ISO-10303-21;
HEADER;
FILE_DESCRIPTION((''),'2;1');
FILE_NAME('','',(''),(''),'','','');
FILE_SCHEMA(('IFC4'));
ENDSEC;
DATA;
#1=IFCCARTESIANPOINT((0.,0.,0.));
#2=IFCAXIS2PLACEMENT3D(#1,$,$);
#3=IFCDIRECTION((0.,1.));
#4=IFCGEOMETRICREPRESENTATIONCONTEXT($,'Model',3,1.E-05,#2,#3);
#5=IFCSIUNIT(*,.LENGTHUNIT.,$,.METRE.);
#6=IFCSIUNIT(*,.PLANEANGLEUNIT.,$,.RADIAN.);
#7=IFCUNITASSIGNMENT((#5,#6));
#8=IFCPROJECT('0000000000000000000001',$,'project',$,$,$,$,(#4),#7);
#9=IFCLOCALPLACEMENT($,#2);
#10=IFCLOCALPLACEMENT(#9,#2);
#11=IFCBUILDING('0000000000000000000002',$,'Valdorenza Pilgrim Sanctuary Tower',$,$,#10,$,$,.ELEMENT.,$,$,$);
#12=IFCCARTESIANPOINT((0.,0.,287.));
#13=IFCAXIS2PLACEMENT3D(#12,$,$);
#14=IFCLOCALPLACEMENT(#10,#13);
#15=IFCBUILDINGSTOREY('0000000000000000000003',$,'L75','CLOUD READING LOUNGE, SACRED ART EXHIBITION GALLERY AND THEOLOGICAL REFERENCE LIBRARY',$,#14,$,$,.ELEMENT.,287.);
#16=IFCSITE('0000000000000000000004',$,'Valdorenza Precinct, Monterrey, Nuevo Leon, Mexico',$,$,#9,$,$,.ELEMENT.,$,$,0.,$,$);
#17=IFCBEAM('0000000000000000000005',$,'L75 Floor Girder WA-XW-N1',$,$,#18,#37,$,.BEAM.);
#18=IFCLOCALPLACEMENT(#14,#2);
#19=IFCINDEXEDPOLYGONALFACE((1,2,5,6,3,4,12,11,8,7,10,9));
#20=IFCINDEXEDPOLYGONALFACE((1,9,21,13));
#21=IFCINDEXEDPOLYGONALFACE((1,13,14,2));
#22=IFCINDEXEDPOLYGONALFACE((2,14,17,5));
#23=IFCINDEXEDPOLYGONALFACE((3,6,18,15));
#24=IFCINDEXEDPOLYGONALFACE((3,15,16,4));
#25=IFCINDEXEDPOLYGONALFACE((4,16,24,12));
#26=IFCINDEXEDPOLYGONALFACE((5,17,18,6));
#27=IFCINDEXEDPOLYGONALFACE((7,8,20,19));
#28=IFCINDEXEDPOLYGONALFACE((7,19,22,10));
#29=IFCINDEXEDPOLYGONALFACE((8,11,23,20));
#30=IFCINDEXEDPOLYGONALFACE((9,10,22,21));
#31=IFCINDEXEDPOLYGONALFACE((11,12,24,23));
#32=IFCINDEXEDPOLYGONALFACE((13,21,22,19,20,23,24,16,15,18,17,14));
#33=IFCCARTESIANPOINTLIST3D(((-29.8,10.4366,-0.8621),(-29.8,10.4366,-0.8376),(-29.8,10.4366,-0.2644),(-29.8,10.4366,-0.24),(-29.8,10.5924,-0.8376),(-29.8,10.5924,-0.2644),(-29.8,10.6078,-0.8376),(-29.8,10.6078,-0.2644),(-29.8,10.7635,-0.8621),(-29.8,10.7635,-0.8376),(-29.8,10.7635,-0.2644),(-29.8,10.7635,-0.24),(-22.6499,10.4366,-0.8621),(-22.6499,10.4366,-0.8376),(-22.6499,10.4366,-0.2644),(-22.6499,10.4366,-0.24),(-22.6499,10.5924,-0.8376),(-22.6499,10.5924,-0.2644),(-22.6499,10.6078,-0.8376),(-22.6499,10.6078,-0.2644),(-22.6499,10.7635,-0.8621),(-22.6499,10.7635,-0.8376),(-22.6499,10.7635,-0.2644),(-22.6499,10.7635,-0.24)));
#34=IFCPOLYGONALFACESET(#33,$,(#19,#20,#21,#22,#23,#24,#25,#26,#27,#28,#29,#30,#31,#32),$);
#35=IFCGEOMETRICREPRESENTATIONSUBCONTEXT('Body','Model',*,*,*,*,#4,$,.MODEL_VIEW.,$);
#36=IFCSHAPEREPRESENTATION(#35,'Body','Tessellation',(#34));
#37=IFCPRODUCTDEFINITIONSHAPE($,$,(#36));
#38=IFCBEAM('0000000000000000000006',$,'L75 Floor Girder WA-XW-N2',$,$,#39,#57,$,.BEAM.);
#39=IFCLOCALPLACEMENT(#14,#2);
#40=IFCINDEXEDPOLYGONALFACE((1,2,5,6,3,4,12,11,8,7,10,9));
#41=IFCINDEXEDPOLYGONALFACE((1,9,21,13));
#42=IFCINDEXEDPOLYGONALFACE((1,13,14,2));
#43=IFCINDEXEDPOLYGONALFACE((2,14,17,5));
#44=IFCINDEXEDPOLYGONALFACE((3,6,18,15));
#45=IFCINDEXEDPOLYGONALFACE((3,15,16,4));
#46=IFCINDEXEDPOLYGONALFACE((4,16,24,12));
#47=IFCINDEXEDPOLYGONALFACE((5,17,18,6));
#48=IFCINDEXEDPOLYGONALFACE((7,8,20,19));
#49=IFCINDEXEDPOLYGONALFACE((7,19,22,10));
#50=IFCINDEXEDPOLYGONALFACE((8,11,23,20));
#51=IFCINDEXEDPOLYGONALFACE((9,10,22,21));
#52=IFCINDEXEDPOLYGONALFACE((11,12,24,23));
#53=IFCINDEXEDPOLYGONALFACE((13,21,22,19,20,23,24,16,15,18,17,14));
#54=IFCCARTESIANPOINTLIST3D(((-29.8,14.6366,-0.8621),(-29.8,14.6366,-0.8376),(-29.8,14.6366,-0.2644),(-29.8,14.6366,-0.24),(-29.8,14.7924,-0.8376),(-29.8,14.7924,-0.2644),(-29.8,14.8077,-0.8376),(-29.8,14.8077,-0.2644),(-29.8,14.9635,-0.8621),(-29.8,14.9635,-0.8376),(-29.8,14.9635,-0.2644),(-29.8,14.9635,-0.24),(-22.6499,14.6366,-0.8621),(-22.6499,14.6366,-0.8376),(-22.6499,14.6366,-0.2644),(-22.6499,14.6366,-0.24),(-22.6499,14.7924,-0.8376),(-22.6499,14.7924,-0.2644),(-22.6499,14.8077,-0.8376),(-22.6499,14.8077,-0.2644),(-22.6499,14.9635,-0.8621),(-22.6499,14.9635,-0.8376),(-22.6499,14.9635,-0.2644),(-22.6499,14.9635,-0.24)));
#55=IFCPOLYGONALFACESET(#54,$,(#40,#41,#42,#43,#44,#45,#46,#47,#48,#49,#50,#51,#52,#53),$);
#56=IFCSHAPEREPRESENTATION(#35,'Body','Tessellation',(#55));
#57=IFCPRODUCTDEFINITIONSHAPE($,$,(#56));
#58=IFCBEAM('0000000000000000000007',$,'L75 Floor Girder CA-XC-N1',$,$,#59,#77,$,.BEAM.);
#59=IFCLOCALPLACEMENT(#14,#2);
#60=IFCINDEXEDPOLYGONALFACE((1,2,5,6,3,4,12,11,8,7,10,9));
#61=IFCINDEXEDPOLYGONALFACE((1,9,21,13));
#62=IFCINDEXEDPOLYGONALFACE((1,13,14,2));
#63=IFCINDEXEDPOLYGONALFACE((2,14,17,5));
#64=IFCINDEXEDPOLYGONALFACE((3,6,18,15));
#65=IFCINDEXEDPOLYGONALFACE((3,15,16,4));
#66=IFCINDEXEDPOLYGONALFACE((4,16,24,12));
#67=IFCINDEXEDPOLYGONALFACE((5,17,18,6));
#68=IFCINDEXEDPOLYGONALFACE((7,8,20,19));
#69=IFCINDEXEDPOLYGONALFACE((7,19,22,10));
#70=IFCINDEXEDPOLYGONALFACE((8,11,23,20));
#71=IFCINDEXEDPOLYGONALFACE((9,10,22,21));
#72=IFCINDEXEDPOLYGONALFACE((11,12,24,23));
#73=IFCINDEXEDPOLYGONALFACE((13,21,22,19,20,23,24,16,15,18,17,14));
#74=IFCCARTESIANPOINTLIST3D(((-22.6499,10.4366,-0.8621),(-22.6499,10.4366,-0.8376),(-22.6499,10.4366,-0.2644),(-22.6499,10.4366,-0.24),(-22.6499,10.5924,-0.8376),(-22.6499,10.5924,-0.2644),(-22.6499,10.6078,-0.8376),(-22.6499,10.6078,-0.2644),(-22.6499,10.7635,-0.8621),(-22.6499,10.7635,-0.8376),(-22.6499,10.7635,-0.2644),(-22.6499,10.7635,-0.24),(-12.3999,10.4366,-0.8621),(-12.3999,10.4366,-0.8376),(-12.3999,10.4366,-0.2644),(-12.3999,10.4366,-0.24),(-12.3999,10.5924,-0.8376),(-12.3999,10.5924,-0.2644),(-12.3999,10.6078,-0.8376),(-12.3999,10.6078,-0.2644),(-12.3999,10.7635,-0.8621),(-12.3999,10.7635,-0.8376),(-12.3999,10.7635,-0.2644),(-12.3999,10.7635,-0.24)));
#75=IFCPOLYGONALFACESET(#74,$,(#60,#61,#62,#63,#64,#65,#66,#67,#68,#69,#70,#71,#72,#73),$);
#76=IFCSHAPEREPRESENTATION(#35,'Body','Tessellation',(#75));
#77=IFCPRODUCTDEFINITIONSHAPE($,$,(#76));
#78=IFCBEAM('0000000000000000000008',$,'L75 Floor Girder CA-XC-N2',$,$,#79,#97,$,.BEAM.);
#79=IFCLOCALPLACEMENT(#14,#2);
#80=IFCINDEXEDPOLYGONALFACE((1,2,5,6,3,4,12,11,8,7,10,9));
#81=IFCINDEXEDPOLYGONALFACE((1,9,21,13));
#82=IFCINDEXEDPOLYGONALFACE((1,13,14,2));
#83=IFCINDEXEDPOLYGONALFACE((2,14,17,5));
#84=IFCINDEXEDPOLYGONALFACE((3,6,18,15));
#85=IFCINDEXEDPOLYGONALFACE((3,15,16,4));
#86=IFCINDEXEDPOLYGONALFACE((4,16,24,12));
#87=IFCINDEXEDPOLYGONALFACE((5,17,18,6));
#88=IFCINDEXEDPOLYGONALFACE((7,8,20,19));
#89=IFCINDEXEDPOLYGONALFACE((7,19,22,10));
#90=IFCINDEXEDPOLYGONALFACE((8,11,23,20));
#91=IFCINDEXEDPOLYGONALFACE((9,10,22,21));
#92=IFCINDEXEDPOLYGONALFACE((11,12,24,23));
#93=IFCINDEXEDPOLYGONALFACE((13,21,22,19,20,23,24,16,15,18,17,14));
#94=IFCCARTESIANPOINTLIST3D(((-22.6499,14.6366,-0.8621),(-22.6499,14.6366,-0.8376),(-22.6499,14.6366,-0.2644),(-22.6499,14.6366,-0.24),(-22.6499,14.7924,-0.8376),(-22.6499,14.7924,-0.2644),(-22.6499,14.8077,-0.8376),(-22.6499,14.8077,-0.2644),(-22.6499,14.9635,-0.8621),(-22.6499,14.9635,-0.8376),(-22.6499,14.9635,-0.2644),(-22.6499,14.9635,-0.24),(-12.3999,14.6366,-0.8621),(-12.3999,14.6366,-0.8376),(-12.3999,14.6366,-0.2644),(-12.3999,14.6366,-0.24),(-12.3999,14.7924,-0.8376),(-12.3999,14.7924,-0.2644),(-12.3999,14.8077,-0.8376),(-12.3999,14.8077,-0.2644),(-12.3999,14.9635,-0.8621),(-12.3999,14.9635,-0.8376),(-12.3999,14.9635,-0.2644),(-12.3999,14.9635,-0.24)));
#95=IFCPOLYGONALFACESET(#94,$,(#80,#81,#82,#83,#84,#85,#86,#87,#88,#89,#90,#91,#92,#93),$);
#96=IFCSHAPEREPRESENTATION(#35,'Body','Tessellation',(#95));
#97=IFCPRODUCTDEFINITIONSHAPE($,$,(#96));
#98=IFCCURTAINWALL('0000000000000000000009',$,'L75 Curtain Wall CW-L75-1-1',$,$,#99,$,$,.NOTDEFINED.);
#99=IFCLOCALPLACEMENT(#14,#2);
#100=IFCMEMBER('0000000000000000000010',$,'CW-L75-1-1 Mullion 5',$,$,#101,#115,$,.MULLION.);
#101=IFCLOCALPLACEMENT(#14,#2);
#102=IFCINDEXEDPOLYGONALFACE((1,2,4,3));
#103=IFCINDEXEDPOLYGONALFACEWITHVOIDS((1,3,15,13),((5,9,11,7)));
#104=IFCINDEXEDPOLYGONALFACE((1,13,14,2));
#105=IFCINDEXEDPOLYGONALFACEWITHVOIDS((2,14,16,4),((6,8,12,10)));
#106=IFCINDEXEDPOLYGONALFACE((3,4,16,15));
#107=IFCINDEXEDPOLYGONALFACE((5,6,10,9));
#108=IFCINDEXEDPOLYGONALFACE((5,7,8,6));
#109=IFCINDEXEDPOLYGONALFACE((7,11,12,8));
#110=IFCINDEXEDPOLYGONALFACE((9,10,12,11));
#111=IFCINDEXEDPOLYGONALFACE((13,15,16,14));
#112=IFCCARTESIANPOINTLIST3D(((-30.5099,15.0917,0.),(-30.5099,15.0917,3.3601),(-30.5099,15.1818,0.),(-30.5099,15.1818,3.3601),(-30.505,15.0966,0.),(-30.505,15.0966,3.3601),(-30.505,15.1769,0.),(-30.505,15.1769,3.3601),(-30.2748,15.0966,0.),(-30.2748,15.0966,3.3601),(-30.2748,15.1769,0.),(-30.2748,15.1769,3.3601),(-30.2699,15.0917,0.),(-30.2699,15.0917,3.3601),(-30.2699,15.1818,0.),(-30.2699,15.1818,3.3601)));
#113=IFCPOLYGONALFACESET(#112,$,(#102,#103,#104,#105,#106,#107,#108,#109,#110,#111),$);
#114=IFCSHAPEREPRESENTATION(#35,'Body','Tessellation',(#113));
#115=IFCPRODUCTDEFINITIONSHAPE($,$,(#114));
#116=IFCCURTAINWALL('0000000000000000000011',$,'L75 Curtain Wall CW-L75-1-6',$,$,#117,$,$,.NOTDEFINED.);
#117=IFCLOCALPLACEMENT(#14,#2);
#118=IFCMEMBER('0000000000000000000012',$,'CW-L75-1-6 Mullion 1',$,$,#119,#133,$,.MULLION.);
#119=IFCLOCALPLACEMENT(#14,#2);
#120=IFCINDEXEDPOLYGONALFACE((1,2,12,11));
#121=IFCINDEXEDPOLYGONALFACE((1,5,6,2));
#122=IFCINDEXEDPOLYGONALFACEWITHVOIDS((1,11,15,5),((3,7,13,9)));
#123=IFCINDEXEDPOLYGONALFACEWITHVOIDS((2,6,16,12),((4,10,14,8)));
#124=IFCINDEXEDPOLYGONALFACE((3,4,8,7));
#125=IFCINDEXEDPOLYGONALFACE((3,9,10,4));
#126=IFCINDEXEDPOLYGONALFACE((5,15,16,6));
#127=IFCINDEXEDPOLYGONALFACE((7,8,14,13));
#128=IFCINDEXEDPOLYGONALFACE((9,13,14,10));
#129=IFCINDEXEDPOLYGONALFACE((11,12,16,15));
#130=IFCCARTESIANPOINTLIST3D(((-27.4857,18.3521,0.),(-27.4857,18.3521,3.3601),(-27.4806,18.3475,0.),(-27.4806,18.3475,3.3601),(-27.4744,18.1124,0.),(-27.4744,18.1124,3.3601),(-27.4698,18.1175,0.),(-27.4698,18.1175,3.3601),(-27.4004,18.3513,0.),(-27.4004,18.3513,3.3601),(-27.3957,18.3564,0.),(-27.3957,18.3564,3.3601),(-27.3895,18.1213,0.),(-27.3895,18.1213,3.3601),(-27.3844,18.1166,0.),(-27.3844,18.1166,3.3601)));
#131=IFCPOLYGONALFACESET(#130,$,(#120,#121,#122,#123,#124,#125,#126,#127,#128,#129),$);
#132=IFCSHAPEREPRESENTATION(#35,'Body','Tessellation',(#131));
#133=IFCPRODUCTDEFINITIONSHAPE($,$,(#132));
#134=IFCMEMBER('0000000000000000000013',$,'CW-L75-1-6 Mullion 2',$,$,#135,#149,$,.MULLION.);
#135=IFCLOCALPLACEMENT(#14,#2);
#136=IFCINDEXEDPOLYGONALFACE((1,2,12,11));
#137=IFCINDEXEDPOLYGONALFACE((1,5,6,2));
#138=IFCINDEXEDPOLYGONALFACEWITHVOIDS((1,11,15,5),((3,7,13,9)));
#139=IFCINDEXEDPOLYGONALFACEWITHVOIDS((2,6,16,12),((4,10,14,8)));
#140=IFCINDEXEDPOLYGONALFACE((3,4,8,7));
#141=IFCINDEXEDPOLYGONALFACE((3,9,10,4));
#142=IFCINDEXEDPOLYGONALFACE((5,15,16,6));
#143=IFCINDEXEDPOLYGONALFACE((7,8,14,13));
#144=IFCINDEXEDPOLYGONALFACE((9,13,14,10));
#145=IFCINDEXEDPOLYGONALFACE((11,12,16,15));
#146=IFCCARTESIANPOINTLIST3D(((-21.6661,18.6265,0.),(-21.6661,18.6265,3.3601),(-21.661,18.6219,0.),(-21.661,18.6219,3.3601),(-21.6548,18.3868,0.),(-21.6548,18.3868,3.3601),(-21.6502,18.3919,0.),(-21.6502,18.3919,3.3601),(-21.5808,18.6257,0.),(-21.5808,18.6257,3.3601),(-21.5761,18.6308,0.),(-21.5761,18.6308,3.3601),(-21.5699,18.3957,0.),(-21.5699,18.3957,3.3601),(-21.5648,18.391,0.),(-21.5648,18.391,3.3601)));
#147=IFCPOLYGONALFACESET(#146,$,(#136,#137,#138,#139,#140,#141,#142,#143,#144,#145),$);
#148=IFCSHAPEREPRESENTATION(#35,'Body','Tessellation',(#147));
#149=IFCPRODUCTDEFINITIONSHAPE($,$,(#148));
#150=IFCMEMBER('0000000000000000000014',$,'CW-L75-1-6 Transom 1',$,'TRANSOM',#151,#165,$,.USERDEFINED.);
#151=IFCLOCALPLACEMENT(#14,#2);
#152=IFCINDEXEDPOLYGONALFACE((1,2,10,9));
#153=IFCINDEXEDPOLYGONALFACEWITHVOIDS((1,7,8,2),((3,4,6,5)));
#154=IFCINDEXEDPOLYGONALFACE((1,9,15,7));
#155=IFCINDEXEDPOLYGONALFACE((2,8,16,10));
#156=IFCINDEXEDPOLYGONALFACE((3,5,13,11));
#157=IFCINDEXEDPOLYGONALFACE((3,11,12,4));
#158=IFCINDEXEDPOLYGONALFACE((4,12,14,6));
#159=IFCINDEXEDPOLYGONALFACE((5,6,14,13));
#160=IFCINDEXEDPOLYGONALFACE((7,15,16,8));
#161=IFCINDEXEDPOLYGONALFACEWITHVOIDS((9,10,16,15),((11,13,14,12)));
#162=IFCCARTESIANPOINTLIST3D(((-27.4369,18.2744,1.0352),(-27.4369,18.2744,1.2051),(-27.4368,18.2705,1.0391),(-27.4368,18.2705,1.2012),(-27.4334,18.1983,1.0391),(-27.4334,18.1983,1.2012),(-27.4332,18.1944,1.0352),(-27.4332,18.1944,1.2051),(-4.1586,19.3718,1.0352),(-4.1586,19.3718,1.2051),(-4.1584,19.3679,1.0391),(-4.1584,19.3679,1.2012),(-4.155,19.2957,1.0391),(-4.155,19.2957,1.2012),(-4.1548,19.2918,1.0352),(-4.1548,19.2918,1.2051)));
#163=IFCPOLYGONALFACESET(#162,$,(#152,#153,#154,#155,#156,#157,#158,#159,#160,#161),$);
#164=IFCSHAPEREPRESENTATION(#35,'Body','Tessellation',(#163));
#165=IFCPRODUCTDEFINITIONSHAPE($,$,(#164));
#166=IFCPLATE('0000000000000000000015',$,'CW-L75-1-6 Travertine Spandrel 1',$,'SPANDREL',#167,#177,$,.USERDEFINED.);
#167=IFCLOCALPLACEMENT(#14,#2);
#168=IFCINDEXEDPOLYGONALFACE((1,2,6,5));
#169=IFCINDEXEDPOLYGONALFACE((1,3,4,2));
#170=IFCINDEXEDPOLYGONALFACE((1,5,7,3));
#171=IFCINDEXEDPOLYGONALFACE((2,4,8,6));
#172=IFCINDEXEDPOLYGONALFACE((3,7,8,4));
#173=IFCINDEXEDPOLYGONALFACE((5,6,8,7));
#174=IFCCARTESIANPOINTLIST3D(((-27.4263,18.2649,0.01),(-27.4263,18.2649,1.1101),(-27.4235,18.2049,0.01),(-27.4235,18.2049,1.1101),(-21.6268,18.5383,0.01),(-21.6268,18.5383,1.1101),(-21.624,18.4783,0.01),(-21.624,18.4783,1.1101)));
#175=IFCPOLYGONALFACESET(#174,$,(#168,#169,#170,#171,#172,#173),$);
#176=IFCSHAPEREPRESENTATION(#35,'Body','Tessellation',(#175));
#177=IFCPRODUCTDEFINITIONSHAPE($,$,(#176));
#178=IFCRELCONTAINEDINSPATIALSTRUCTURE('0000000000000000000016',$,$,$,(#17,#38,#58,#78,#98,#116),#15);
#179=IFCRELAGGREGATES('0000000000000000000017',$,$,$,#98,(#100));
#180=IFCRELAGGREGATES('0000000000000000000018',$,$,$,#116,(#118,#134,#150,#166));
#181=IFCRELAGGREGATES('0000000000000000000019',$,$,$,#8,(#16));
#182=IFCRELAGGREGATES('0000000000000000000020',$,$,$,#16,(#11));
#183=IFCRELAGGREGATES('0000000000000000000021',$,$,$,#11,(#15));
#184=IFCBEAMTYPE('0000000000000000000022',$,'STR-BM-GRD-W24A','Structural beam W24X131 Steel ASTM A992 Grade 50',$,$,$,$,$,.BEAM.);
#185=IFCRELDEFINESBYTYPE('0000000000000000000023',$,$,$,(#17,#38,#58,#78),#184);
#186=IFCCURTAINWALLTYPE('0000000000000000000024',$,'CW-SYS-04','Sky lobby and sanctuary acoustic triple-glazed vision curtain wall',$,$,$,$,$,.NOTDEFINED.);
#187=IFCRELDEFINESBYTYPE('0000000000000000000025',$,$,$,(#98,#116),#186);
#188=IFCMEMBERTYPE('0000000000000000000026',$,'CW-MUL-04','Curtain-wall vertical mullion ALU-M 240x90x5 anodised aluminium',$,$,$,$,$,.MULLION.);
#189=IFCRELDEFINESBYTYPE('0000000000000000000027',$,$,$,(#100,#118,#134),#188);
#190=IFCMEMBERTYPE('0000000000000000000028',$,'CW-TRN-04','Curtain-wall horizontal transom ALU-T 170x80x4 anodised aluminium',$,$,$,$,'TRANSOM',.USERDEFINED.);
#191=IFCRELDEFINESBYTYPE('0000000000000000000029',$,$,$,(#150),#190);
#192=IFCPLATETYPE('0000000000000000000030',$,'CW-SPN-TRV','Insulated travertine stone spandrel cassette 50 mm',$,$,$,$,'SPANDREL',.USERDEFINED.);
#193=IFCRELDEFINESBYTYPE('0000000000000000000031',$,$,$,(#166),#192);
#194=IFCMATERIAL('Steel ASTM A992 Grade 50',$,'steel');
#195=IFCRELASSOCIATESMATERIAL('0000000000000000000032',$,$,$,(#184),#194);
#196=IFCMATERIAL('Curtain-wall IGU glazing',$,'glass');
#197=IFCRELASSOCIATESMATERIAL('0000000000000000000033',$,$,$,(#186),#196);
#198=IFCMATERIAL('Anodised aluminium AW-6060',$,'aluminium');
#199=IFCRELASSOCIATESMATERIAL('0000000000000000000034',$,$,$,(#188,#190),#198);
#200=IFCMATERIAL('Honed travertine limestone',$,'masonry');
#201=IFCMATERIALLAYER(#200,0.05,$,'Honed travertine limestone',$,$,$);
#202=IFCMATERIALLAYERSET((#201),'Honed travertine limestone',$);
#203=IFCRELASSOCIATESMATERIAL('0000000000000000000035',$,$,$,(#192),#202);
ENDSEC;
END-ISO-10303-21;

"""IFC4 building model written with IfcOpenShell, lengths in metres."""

from ifc_helpers import new_model, si_unit, direction, frame, origin, origin_2d, place, context, subcontext, project, spatial, rectangle, hollow_rectangle, i_section, extrude, source, transform, mapped, material, layer, layer_set, material_profile, profile_set, type_object, element, aggregate, save


model = new_model("IFC4")

# Units and contexts
model_context = context("Model", 3, precision=1e-05, world=origin(), true_north=direction((0.0, 1.0)))
body_context = subcontext(model_context, "Body", "Model", "MODEL_VIEW")
ifc_project = project(units=[si_unit("LENGTHUNIT", "METRE"), si_unit("PLANEANGLEUNIT", "RADIAN")], contexts=[model_context])

# Site, building, storey
site_placement = place(None, origin())
site = spatial("IfcSite", under=ifc_project, at=site_placement, Name="Valdorenza Precinct, Monterrey, Nuevo Leon, Mexico", CompositionType="ELEMENT", RefElevation=0.0)
building_placement = place(site_placement, origin())
building = spatial("IfcBuilding", under=site, at=building_placement, Name="Valdorenza Pilgrim Sanctuary Tower", CompositionType="ELEMENT")
storey_placement = place(building_placement, frame((0.0, 0.0, 287.0)))
storey = spatial("IfcBuildingStorey", under=building, at=storey_placement, Name="L75", Description="CLOUD READING LOUNGE, SACRED ART EXHIBITION GALLERY AND THEOLOGICAL REFERENCE LIBRARY", CompositionType="ELEMENT", Elevation=287.0)

# Beams
ifc_material_1 = material(Name="Steel ASTM A992 Grade 50", Category="steel")
ifc_material_profile_1 = material_profile(ifc_material_1, i_section(OverallWidth=0.3269, OverallDepth=0.6221, WebThickness=0.0154, FlangeThickness=0.0244, at=origin_2d()), Name="W24X131")
ifc_profile_set_1 = profile_set([ifc_material_profile_1], Name="Steel ASTM A992 Grade 50")
beam_type_1 = type_object("IfcBeamType", Name="STR-BM-GRD-W24A", Description="Structural beam W24X131 Steel ASTM A992 Grade 50", PredefinedType="BEAM", material=ifc_profile_set_1)
shared_shape_1 = source(origin(), body_context, "Body", "SweptSolid", [
    extrude(i_section(OverallWidth=0.3269, OverallDepth=0.6221, WebThickness=0.0154, FlangeThickness=0.0244, at=origin_2d()), origin(), (0.0, 0.0, 1.0), 7.1501),
])
for number, where, z_axis, x_axis, name in (
    (1, (-29.8, 10.6001, -0.551), (1.0, 0.0, 0.0), (0.0, 1.0, 0.0), "L75 Floor Girder WA-XW-N1"),
    (2, (-29.8, 14.8, -0.551), (1.0, 0.0, 0.0), (0.0, 1.0, 0.0), "L75 Floor Girder WA-XW-N2"),
):
    element("IfcBeam", number, at=place(storey_placement, frame(where, z_axis=z_axis, x_axis=x_axis)), inside=storey, type_object=beam_type_1, Name=name, PredefinedType="BEAM", context=body_context, shape_type="MappedRepresentation", body=[
        mapped(shared_shape_1, transform((0.0, 0.0, 0.0), x_axis=(1.0, 0.0, 0.0), y_axis=(0.0, 1.0, 0.0), z_axis=(0.0, 0.0, 1.0), scale=1.0)),
    ])
shared_shape_2 = source(origin(), body_context, "Body", "SweptSolid", [
    extrude(i_section(OverallWidth=0.3269, OverallDepth=0.6221, WebThickness=0.0154, FlangeThickness=0.0244, at=origin_2d()), origin(), (0.0, 0.0, 1.0), 10.25),
])
for number, where, z_axis, x_axis, name in (
    (3, (-22.6499, 10.6001, -0.551), (1.0, 0.0, 0.0), (0.0, 1.0, 0.0), "L75 Floor Girder CA-XC-N1"),
    (4, (-22.6499, 14.8, -0.551), (1.0, 0.0, 0.0), (0.0, 1.0, 0.0), "L75 Floor Girder CA-XC-N2"),
):
    element("IfcBeam", number, at=place(storey_placement, frame(where, z_axis=z_axis, x_axis=x_axis)), inside=storey, type_object=beam_type_1, Name=name, PredefinedType="BEAM", context=body_context, shape_type="MappedRepresentation", body=[
        mapped(shared_shape_2, transform((0.0, 0.0, 0.0), x_axis=(1.0, 0.0, 0.0), y_axis=(0.0, 1.0, 0.0), z_axis=(0.0, 0.0, 1.0), scale=1.0)),
    ])

# Curtain wall, member
ifc_material_2 = material(Name="Curtain-wall IGU glazing", Category="glass")
curtain_wall_type = type_object("IfcCurtainWallType", Name="CW-SYS-04", Description="Sky lobby and sanctuary acoustic triple-glazed vision curtain wall", PredefinedType="NOTDEFINED", material=ifc_material_2)
curtain_wall_1_placement = place(storey_placement, origin())
curtain_wall_1 = element("IfcCurtainWall", 5, at=curtain_wall_1_placement, inside=storey, type_object=curtain_wall_type, Name="L75 Curtain Wall CW-L75-1-1", PredefinedType="NOTDEFINED")
ifc_material_3 = material(Name="Anodised aluminium AW-6060", Category="aluminium")
ifc_material_profile_2 = material_profile(ifc_material_3, hollow_rectangle(XDim=0.0901, YDim=0.24, WallThickness=0.0049, at=origin_2d()), Name="ALU-M 240x90x5")
ifc_profile_set_2 = profile_set([ifc_material_profile_2], Name="Anodised aluminium AW-6060")
member_type_1 = type_object("IfcMemberType", Name="CW-MUL-04", Description="Curtain-wall vertical mullion ALU-M 240x90x5 anodised aluminium", PredefinedType="MULLION", material=ifc_profile_set_2)
shared_shape_3 = source(origin(), body_context, "Body", "SweptSolid", [
    extrude(hollow_rectangle(XDim=0.0901, YDim=0.24, WallThickness=0.0049, at=origin_2d()), origin(), (0.0, 0.0, 1.0), 3.3601),
])
member_1_placement = place(storey_placement, frame((-30.3899, 15.1367, 0.0), z_axis=(0.0, 0.0, 1.0), x_axis=(0.0, 1.0, 0.0)))
member_1 = element("IfcMember", 6, at=member_1_placement, type_object=member_type_1, Name="CW-L75-1-1 Mullion 5", PredefinedType="MULLION", context=body_context, shape_type="MappedRepresentation", body=[
    mapped(shared_shape_3, transform((0.0, 0.0, 0.0), x_axis=(1.0, 0.0, 0.0), y_axis=(0.0, 1.0, 0.0), z_axis=(0.0, 0.0, 1.0), scale=1.0)),
])

# Curtain wall, members, plate
curtain_wall_2_placement = place(storey_placement, origin())
curtain_wall_2 = element("IfcCurtainWall", 7, at=curtain_wall_2_placement, inside=storey, type_object=curtain_wall_type, Name="L75 Curtain Wall CW-L75-1-6", PredefinedType="NOTDEFINED")
member_2_placement = place(storey_placement, frame((-27.4351, 18.2344, 0.0), z_axis=(0.0, 0.0, 1.0), x_axis=(0.998891, 0.047089, 0.0)))
member_2 = element("IfcMember", 8, at=member_2_placement, type_object=member_type_1, Name="CW-L75-1-6 Mullion 1", PredefinedType="MULLION", context=body_context, shape_type="MappedRepresentation", body=[
    mapped(shared_shape_3, transform((0.0, 0.0, 0.0), x_axis=(1.0, 0.0, 0.0), y_axis=(0.0, 1.0, 0.0), z_axis=(0.0, 0.0, 1.0), scale=1.0)),
])
member_3_placement = place(storey_placement, frame((-21.6155, 18.5088, 0.0), z_axis=(0.0, 0.0, 1.0), x_axis=(0.998891, 0.047089, 0.0)))
member_3 = element("IfcMember", 9, at=member_3_placement, type_object=member_type_1, Name="CW-L75-1-6 Mullion 2", PredefinedType="MULLION", context=body_context, shape_type="MappedRepresentation", body=[
    mapped(shared_shape_3, transform((0.0, 0.0, 0.0), x_axis=(1.0, 0.0, 0.0), y_axis=(0.0, 1.0, 0.0), z_axis=(0.0, 0.0, 1.0), scale=1.0)),
])
ifc_material_profile_3 = material_profile(ifc_material_3, hollow_rectangle(XDim=0.0801, YDim=0.1699, WallThickness=0.0039, at=origin_2d()), Name="ALU-T 170x80x4")
ifc_profile_set_3 = profile_set([ifc_material_profile_3], Name="Anodised aluminium AW-6060")
member_type_2 = type_object("IfcMemberType", Name="CW-TRN-04", Description="Curtain-wall horizontal transom ALU-T 170x80x4 anodised aluminium", ElementType="TRANSOM", PredefinedType="USERDEFINED", material=ifc_profile_set_3)
shared_shape_4 = source(origin(), body_context, "Body", "SweptSolid", [
    extrude(hollow_rectangle(XDim=0.0801, YDim=0.1699, WallThickness=0.0039, at=origin_2d()), origin(), (0.0, 0.0, 1.0), 23.3042),
])
member_4_placement = place(storey_placement, frame((-27.4351, 18.2344, 1.1201), z_axis=(0.998891, 0.047091, 0.0), x_axis=(-0.047091, 0.998891, 0.0)))
member_4 = element("IfcMember", 10, at=member_4_placement, type_object=member_type_2, Name="CW-L75-1-6 Transom 1", ObjectType="TRANSOM", PredefinedType="USERDEFINED", context=body_context, shape_type="MappedRepresentation", body=[
    mapped(shared_shape_4, transform((0.0, 0.0, 0.0), x_axis=(1.0, 0.0, 0.0), y_axis=(0.0, 1.0, 0.0), z_axis=(0.0, 0.0, 1.0), scale=1.0)),
])
ifc_material_4 = material(Name="Honed travertine limestone", Category="masonry")
ifc_layer_1 = layer(ifc_material_4, 0.05, Name="Honed travertine limestone")
ifc_layer_set_1 = layer_set([ifc_layer_1], Name="Honed travertine limestone")
plate_type_1 = type_object("IfcPlateType", Name="CW-SPN-TRV", Description="Insulated travertine stone spandrel cassette 50 mm", ElementType="SPANDREL", PredefinedType="USERDEFINED", material=ifc_layer_set_1)
shared_shape_5 = source(origin(), body_context, "Body", "SweptSolid", [
    extrude(rectangle(XDim=5.8059, YDim=0.0601, at=origin_2d()), origin(), (0.0, 0.0, 1.0), 1.1001),
])
plate_1_placement = place(storey_placement, frame((-24.5251, 18.3716, 0.01), z_axis=(0.0, 0.0, 1.0), x_axis=(0.998891, 0.047089, 0.0)))
plate_1 = element("IfcPlate", 11, at=plate_1_placement, type_object=plate_type_1, Name="CW-L75-1-6 Travertine Spandrel 1", ObjectType="SPANDREL", PredefinedType="USERDEFINED", context=body_context, shape_type="MappedRepresentation", body=[
    mapped(shared_shape_5, transform((0.0, 0.0, 0.0), x_axis=(1.0, 0.0, 0.0), y_axis=(0.0, 1.0, 0.0), z_axis=(0.0, 0.0, 1.0), scale=1.0)),
])

aggregate(curtain_wall_1, [member_1])
aggregate(curtain_wall_2, [member_2, member_3, member_4, plate_1])

save(model, "model.ifc")
